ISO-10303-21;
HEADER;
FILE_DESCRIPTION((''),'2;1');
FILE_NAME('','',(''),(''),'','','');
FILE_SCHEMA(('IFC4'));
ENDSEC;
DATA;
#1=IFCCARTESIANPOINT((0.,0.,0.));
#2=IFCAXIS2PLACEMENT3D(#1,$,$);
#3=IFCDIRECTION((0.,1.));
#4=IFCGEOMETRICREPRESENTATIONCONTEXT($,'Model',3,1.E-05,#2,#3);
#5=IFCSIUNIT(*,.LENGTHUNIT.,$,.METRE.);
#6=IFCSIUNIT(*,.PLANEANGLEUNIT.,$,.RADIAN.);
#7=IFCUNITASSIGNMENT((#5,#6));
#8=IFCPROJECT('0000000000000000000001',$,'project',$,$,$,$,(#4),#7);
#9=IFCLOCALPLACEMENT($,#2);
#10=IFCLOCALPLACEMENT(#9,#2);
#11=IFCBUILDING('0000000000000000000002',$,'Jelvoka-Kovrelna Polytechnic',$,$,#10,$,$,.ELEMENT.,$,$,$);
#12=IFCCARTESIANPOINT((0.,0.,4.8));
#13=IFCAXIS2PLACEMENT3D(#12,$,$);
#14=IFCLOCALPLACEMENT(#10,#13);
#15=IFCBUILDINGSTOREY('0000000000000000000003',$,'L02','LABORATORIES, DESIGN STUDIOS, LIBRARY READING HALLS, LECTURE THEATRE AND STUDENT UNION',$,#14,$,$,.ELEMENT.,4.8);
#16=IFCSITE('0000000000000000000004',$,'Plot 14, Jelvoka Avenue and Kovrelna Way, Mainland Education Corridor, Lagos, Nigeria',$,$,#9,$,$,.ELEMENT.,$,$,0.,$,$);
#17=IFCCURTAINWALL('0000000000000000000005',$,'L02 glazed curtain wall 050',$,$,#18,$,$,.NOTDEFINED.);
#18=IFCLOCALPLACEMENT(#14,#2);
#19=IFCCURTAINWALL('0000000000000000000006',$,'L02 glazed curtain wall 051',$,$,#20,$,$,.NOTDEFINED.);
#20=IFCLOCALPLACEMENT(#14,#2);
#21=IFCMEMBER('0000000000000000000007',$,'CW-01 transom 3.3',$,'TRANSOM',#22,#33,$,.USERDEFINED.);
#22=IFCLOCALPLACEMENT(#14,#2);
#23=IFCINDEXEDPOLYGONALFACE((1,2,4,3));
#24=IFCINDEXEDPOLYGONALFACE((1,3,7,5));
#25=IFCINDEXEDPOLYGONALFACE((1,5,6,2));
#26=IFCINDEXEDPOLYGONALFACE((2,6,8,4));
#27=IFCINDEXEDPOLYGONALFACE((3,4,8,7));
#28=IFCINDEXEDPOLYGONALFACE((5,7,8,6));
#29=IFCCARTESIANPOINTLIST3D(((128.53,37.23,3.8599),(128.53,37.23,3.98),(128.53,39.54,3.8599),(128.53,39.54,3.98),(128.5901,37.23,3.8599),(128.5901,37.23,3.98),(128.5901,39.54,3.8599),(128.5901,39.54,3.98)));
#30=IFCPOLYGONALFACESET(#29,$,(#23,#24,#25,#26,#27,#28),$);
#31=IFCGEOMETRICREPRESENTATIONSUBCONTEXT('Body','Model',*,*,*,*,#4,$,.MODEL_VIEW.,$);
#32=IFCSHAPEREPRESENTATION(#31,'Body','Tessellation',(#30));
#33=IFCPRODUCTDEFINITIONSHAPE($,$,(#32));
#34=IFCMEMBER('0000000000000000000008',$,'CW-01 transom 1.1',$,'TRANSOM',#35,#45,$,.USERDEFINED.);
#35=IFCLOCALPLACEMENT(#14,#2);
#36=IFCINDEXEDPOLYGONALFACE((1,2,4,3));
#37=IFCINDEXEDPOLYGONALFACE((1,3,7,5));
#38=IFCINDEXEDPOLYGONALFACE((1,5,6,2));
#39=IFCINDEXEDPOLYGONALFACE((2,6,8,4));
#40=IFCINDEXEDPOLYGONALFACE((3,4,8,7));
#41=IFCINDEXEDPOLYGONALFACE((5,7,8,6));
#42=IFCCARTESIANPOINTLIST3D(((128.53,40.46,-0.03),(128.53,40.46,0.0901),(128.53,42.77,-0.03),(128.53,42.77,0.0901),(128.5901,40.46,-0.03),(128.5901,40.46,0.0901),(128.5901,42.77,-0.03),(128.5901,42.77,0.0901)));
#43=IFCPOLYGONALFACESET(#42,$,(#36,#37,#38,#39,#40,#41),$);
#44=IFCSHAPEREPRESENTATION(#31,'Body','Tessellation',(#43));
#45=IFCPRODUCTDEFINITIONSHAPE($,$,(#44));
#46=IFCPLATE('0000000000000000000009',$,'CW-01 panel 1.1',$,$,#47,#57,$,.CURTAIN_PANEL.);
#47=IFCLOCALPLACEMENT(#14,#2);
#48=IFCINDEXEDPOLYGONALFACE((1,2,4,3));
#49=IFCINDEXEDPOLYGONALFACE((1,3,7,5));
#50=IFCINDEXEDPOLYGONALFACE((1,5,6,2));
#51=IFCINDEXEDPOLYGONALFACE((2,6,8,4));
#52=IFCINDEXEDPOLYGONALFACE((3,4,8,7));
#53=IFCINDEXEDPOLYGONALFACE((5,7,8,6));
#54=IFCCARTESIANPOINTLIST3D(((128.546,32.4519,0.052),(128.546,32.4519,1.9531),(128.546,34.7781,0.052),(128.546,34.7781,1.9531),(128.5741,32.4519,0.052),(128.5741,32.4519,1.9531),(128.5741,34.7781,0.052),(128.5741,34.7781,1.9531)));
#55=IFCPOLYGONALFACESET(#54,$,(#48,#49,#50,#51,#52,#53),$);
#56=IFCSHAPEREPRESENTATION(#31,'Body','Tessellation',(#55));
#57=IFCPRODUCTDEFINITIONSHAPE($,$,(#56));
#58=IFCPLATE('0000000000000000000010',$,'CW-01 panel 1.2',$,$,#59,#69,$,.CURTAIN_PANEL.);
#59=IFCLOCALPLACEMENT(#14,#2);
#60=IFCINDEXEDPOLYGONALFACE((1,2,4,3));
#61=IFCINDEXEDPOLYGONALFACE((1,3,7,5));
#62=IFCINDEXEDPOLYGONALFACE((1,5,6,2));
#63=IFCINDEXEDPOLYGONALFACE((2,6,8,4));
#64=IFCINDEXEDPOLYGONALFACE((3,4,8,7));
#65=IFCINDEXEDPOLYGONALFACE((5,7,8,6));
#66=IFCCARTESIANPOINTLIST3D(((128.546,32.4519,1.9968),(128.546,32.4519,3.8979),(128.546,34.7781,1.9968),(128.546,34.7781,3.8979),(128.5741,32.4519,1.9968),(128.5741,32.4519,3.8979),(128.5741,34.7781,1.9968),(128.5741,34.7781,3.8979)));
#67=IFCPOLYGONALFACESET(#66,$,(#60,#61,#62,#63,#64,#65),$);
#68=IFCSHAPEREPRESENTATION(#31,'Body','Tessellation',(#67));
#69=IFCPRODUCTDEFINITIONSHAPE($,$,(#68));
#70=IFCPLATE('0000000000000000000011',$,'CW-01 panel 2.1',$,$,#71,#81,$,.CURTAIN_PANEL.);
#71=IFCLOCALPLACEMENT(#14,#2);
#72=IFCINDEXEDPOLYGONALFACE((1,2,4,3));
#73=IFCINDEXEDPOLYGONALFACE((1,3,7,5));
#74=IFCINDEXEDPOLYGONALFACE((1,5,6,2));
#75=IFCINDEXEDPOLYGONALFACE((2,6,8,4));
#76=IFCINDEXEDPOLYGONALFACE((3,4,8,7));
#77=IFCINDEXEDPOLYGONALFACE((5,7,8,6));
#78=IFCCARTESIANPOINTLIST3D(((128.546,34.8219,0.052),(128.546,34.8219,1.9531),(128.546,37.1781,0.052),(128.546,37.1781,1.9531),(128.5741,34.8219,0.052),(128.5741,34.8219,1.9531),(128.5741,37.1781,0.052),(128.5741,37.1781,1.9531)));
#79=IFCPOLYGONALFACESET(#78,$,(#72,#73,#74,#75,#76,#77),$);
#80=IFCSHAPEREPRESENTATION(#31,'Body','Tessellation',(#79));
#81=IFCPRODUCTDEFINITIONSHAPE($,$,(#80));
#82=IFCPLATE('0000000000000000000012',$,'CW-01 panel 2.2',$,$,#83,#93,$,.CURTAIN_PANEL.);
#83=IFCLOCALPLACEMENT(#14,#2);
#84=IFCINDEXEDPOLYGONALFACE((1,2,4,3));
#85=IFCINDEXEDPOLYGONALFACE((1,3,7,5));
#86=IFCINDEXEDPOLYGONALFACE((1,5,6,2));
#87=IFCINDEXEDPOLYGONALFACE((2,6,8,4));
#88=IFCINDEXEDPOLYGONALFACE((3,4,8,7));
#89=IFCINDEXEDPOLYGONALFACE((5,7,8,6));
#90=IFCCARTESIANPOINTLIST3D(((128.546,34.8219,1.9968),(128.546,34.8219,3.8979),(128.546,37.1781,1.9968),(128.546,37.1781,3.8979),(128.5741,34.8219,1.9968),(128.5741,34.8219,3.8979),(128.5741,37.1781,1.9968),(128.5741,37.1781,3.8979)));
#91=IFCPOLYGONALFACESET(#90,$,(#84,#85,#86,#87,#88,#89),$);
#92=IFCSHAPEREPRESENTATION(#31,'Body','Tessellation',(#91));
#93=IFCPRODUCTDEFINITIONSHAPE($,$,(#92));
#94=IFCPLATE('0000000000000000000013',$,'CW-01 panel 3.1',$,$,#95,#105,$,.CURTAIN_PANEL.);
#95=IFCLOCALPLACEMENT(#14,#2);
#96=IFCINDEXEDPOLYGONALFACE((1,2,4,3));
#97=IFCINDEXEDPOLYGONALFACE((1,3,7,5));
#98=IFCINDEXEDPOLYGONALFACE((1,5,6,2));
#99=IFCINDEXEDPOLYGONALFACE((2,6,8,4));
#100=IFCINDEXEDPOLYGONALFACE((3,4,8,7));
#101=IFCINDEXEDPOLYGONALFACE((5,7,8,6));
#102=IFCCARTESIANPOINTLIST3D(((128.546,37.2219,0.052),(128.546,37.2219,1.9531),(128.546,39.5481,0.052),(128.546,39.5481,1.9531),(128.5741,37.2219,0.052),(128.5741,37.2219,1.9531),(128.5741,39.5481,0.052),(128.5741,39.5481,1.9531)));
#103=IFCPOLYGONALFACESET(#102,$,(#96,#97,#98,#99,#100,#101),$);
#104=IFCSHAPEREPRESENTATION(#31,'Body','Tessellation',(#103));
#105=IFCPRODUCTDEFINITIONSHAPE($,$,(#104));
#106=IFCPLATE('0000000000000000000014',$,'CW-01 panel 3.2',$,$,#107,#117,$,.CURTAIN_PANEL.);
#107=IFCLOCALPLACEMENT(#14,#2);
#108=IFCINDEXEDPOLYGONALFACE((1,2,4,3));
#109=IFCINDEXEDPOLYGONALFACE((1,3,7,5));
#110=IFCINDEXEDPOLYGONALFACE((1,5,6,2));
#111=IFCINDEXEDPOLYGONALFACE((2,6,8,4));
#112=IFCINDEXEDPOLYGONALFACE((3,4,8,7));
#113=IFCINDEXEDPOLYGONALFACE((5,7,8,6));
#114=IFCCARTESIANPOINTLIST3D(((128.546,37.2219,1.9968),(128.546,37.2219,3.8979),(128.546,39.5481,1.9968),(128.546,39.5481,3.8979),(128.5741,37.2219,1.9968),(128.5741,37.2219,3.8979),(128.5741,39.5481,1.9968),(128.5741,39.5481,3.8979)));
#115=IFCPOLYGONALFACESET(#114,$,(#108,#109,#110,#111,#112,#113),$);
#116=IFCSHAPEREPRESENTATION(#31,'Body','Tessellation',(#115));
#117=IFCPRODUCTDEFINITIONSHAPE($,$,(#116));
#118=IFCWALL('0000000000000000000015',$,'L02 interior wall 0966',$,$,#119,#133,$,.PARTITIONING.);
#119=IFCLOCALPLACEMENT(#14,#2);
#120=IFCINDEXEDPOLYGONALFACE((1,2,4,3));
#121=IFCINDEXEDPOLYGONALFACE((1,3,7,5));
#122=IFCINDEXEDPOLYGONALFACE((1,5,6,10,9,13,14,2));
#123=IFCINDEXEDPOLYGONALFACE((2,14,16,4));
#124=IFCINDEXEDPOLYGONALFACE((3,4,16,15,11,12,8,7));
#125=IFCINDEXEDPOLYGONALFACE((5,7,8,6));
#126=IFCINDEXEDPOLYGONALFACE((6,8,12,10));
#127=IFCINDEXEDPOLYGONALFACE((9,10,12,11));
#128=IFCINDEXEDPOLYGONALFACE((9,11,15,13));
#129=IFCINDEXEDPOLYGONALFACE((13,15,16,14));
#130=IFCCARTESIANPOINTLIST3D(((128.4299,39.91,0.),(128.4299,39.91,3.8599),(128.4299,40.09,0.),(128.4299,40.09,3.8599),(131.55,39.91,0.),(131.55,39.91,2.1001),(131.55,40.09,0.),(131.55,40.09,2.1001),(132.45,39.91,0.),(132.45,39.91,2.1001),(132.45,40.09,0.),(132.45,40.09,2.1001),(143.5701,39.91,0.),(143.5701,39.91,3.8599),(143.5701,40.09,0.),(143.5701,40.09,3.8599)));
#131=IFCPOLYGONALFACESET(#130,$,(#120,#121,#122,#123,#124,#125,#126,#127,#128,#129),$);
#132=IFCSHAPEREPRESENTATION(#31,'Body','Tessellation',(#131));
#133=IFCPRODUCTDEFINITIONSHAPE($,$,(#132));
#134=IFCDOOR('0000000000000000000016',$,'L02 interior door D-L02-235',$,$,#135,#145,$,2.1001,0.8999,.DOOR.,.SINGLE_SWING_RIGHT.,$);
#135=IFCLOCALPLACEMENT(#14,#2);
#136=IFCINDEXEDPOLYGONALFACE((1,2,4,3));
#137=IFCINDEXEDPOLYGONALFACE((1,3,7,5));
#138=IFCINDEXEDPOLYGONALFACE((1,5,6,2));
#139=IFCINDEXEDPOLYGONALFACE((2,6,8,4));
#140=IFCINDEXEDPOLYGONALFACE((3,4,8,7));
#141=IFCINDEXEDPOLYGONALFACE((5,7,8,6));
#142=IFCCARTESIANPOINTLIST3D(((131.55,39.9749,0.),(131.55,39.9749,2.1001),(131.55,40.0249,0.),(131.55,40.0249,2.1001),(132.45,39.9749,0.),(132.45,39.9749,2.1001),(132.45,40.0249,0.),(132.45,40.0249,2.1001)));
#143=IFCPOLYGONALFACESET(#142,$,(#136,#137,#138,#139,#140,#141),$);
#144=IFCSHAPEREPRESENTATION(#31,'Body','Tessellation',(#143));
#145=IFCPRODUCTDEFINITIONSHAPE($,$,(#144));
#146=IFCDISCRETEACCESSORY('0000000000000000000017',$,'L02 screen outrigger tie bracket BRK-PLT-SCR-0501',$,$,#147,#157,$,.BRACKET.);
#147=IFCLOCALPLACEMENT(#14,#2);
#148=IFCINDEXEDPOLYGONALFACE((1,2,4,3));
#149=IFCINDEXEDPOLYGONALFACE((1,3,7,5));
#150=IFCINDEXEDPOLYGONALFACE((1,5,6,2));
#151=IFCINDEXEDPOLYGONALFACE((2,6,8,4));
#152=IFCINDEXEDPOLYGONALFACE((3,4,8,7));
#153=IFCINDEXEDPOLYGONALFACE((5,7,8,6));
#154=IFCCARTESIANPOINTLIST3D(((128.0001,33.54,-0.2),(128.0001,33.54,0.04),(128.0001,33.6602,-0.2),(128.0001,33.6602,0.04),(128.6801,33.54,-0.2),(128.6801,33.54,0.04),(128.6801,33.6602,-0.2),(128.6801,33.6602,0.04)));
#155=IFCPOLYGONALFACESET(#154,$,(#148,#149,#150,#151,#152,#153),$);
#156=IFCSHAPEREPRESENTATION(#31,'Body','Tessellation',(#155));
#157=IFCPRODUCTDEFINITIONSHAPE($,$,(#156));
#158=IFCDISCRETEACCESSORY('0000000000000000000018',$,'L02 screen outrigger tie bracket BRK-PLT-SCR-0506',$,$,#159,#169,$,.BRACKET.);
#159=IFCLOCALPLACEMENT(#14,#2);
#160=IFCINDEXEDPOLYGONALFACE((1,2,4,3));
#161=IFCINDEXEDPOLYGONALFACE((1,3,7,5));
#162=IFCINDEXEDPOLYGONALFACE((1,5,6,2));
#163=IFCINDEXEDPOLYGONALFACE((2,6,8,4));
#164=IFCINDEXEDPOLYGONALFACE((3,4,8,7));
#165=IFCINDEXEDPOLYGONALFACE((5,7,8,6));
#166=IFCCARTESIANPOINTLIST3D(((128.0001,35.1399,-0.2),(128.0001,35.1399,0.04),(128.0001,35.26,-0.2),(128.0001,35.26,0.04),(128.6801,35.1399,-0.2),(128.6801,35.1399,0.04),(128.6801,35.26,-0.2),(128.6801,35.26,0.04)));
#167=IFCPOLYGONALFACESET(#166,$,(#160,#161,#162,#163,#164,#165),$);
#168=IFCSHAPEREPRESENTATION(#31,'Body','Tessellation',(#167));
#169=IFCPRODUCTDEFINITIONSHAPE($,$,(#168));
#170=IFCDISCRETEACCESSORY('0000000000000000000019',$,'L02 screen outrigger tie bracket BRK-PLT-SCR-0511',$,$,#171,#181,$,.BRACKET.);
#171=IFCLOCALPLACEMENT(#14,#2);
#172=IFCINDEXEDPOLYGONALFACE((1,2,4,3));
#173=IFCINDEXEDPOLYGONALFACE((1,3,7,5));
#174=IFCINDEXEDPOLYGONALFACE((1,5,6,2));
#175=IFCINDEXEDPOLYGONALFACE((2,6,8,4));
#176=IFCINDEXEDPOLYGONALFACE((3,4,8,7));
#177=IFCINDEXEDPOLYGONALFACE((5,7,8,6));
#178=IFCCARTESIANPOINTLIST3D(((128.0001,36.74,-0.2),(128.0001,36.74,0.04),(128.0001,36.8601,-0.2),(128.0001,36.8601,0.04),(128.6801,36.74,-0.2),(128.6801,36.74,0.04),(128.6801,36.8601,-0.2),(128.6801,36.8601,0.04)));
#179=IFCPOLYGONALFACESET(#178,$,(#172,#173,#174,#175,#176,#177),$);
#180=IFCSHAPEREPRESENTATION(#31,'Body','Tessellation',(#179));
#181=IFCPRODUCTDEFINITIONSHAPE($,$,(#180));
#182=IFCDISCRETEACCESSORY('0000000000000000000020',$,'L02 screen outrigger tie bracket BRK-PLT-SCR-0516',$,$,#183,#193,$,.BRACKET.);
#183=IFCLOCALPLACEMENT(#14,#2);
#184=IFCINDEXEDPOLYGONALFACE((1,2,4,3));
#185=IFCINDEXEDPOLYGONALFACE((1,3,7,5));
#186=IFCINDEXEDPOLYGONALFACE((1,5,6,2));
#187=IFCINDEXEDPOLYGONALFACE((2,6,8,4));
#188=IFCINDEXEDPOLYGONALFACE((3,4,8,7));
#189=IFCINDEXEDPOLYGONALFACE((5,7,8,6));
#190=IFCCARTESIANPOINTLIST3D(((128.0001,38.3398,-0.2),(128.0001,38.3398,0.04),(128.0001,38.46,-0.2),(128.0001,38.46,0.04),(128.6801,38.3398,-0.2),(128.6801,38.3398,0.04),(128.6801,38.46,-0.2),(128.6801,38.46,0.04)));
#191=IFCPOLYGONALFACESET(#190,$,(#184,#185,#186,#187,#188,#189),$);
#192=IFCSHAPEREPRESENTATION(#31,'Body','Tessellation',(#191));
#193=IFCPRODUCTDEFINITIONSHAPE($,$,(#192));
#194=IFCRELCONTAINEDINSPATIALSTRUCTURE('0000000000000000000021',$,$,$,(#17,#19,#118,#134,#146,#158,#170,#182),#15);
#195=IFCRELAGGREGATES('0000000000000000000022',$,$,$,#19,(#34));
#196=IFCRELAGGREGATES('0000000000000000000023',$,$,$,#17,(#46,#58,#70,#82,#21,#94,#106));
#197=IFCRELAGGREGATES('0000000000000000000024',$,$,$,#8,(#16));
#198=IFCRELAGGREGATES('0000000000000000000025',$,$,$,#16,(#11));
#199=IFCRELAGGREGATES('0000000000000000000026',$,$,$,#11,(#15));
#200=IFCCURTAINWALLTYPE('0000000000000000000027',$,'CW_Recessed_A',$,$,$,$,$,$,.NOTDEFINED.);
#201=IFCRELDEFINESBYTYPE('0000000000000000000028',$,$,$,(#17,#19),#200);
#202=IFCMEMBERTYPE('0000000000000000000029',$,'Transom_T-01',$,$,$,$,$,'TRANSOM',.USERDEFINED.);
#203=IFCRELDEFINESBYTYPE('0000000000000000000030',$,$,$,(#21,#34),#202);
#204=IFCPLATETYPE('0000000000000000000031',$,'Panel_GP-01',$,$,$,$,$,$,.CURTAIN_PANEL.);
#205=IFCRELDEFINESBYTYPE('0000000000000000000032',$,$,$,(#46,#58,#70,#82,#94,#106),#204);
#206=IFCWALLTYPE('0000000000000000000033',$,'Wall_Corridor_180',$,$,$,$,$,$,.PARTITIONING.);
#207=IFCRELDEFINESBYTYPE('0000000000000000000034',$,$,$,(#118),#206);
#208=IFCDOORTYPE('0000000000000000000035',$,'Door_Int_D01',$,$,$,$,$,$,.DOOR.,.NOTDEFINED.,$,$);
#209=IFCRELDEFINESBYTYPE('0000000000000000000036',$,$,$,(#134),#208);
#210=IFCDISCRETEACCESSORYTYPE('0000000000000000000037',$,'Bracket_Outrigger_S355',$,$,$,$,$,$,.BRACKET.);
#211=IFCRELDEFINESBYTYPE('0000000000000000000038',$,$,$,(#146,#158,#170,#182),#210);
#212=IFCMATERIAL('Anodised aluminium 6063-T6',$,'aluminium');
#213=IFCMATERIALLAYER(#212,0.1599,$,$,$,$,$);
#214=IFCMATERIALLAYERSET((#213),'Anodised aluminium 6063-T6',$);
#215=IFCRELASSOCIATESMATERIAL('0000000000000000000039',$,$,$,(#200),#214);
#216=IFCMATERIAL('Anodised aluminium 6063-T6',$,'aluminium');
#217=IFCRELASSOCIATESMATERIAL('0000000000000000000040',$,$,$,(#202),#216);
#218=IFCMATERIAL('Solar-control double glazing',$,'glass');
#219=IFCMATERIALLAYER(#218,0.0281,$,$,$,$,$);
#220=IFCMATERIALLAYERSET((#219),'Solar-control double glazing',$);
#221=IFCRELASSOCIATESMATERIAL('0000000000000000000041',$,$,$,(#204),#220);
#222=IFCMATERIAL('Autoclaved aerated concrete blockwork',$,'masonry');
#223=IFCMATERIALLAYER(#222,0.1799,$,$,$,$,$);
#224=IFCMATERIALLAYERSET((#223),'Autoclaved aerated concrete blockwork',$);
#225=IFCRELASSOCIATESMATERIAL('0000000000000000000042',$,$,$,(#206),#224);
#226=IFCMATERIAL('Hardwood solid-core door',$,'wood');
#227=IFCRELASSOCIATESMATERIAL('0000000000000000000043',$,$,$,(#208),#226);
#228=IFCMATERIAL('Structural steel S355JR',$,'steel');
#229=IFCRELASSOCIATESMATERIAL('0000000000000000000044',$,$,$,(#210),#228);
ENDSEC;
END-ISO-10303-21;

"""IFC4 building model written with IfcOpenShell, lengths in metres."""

from ifc_helpers import new_model, si_unit, direction, frame, frame_2d, origin, origin_2d, place, context, subcontext, project, spatial, rectangle, extrude, material, layer, layer_set, material_profile, profile_set, type_object, element, fill, aggregate, save


model = new_model("IFC4")

# Units and contexts
model_context = context("Model", 3, precision=1e-05, world=origin(), true_north=direction((0.0, 1.0)))
body_context = subcontext(model_context, "Body", "Model", "MODEL_VIEW")
ifc_project = project(units=[si_unit("LENGTHUNIT", "METRE"), si_unit("PLANEANGLEUNIT", "RADIAN")], contexts=[model_context])

# Site, building, storey
site_placement = place(None, origin())
site = spatial("IfcSite", under=ifc_project, at=site_placement, Name="Plot 14, Jelvoka Avenue and Kovrelna Way, Mainland Education Corridor, Lagos, Nigeria", CompositionType="ELEMENT", RefElevation=0.0)
building_placement = place(site_placement, origin())
building = spatial("IfcBuilding", under=site, at=building_placement, Name="Jelvoka-Kovrelna Polytechnic", CompositionType="ELEMENT")
storey_placement = place(building_placement, frame((0.0, 0.0, 4.8)))
storey = spatial("IfcBuildingStorey", under=building, at=storey_placement, Name="L02", Description="LABORATORIES, DESIGN STUDIOS, LIBRARY READING HALLS, LECTURE THEATRE AND STUDENT UNION", CompositionType="ELEMENT", Elevation=4.8)

# Curtain wall
ifc_material_1 = material(Name="Anodised aluminium 6063-T6", Category="aluminium")
ifc_layer_1 = layer(ifc_material_1, 0.1599)
ifc_layer_set_1 = layer_set([ifc_layer_1], Name="Anodised aluminium 6063-T6")
curtain_wall_type = type_object("IfcCurtainWallType", Name="CW_Recessed_A", PredefinedType="NOTDEFINED", material=ifc_layer_set_1)
curtain_wall_1_placement = place(storey_placement, origin())
curtain_wall_1 = element("IfcCurtainWall", 1, at=curtain_wall_1_placement, inside=storey, type_object=curtain_wall_type, Name="L02 glazed curtain wall 050", PredefinedType="NOTDEFINED")

# Curtain wall
curtain_wall_2_placement = place(storey_placement, origin())
curtain_wall_2 = element("IfcCurtainWall", 2, at=curtain_wall_2_placement, inside=storey, type_object=curtain_wall_type, Name="L02 glazed curtain wall 051", PredefinedType="NOTDEFINED")

# Members
ifc_material_2 = material(Name="Anodised aluminium 6063-T6", Category="aluminium")
ifc_material_profile_1 = material_profile(ifc_material_2, rectangle(XDim=0.0601, YDim=0.1201, at=origin_2d()), Name="ALU 60x120")
ifc_profile_set_1 = profile_set([ifc_material_profile_1], Name="Anodised aluminium 6063-T6")
member_type_1 = type_object("IfcMemberType", Name="Transom_T-01", ElementType="TRANSOM", PredefinedType="USERDEFINED", material=ifc_profile_set_1)
member_1_placement = place(storey_placement, frame((128.5601, 37.23, 3.9199), z_axis=(0.0, 1.0, 0.0), x_axis=(-1.0, 0.0, 0.0)))
member_1 = element("IfcMember", 3, at=member_1_placement, type_object=member_type_1, Name="CW-01 transom 3.3", ObjectType="TRANSOM", PredefinedType="USERDEFINED", context=body_context, shape_type="SweptSolid", body=[
    extrude(rectangle(XDim=0.0601, YDim=0.1201, at=origin_2d()), origin(), (0.0, 0.0, 1.0), 2.3101),
])
member_2_placement = place(storey_placement, frame((128.5601, 40.46, 0.03), z_axis=(0.0, 1.0, 0.0), x_axis=(-1.0, 0.0, 0.0)))
member_2 = element("IfcMember", 4, at=member_2_placement, type_object=member_type_1, Name="CW-01 transom 1.1", ObjectType="TRANSOM", PredefinedType="USERDEFINED", context=body_context, shape_type="SweptSolid", body=[
    extrude(rectangle(XDim=0.0601, YDim=0.1201, at=origin_2d()), origin(), (0.0, 0.0, 1.0), 2.3101),
])
aggregate(curtain_wall_2, [member_2])

# Plates
ifc_material_3 = material(Name="Solar-control double glazing", Category="glass")
ifc_layer_2 = layer(ifc_material_3, 0.0281)
ifc_layer_set_2 = layer_set([ifc_layer_2], Name="Solar-control double glazing")
plate_type = type_object("IfcPlateType", Name="Panel_GP-01", PredefinedType="CURTAIN_PANEL", material=ifc_layer_set_2)
plate_1_placement = place(storey_placement, frame((128.5601, 33.615, 0.052), z_axis=(0.0, 0.0, 1.0), x_axis=(0.0, 1.0, 0.0)))
plate_1 = element("IfcPlate", 5, at=plate_1_placement, type_object=plate_type, Name="CW-01 panel 1.1", PredefinedType="CURTAIN_PANEL", context=body_context, shape_type="SweptSolid", body=[
    extrude(rectangle(XDim=2.3262, YDim=0.0281, at=origin_2d()), origin(), (0.0, 0.0, 1.0), 1.9011),
])
plate_2_placement = place(storey_placement, frame((128.5601, 33.615, 1.9968), z_axis=(0.0, 0.0, 1.0), x_axis=(0.0, 1.0, 0.0)))
plate_2 = element("IfcPlate", 6, at=plate_2_placement, type_object=plate_type, Name="CW-01 panel 1.2", PredefinedType="CURTAIN_PANEL", context=body_context, shape_type="SweptSolid", body=[
    extrude(rectangle(XDim=2.3262, YDim=0.0281, at=origin_2d()), origin(), (0.0, 0.0, 1.0), 1.9011),
])
plate_3_placement = place(storey_placement, frame((128.5601, 36.0, 0.052), z_axis=(0.0, 0.0, 1.0), x_axis=(0.0, 1.0, 0.0)))
plate_3 = element("IfcPlate", 7, at=plate_3_placement, type_object=plate_type, Name="CW-01 panel 2.1", PredefinedType="CURTAIN_PANEL", context=body_context, shape_type="SweptSolid", body=[
    extrude(rectangle(XDim=2.3562, YDim=0.0281, at=origin_2d()), origin(), (0.0, 0.0, 1.0), 1.9011),
])
plate_4_placement = place(storey_placement, frame((128.5601, 36.0, 1.9968), z_axis=(0.0, 0.0, 1.0), x_axis=(0.0, 1.0, 0.0)))
plate_4 = element("IfcPlate", 8, at=plate_4_placement, type_object=plate_type, Name="CW-01 panel 2.2", PredefinedType="CURTAIN_PANEL", context=body_context, shape_type="SweptSolid", body=[
    extrude(rectangle(XDim=2.3562, YDim=0.0281, at=origin_2d()), origin(), (0.0, 0.0, 1.0), 1.9011),
])
plate_5_placement = place(storey_placement, frame((128.5601, 38.385, 0.052), z_axis=(0.0, 0.0, 1.0), x_axis=(0.0, 1.0, 0.0)))
plate_5 = element("IfcPlate", 9, at=plate_5_placement, type_object=plate_type, Name="CW-01 panel 3.1", PredefinedType="CURTAIN_PANEL", context=body_context, shape_type="SweptSolid", body=[
    extrude(rectangle(XDim=2.3262, YDim=0.0281, at=origin_2d()), origin(), (0.0, 0.0, 1.0), 1.9011),
])
plate_6_placement = place(storey_placement, frame((128.5601, 38.385, 1.9968), z_axis=(0.0, 0.0, 1.0), x_axis=(0.0, 1.0, 0.0)))
plate_6 = element("IfcPlate", 10, at=plate_6_placement, type_object=plate_type, Name="CW-01 panel 3.2", PredefinedType="CURTAIN_PANEL", context=body_context, shape_type="SweptSolid", body=[
    extrude(rectangle(XDim=2.3262, YDim=0.0281, at=origin_2d()), origin(), (0.0, 0.0, 1.0), 1.9011),
])
aggregate(curtain_wall_1, [plate_1, plate_2, plate_3, plate_4, member_1, plate_5, plate_6])

# Wall, opening, door
ifc_material_4 = material(Name="Autoclaved aerated concrete blockwork", Category="masonry")
ifc_layer_3 = layer(ifc_material_4, 0.1799)
ifc_layer_set_3 = layer_set([ifc_layer_3], Name="Autoclaved aerated concrete blockwork")
wall_type = type_object("IfcWallType", Name="Wall_Corridor_180", PredefinedType="PARTITIONING", material=ifc_layer_set_3)
wall_placement = place(storey_placement, frame((128.4299, 40.0, 0.0), z_axis=(0.0, 0.0, 1.0), x_axis=(1.0, 0.0, 0.0)))
wall = element("IfcWall", 11, at=wall_placement, inside=storey, type_object=wall_type, Name="L02 interior wall 0966", PredefinedType="PARTITIONING", context=body_context, shape_type="SweptSolid", body=[
    extrude(rectangle(XDim=15.1401, YDim=0.1799, at=frame_2d((7.5701, 0.0))), origin(), (0.0, 0.0, 1.0), 3.8599),
])
opening_placement = place(wall_placement, frame((3.1201, 0.0, 0.0)))
opening = element("IfcOpeningElement", 12, at=opening_placement, cuts=wall, PredefinedType="OPENING", context=body_context, shape_type="SweptSolid", body=[
    extrude(rectangle(XDim=0.8999, YDim=2.1001, at=frame_2d((0.45, 1.05))), frame((0.0, 0.0999, 0.0), z_axis=(0.0, -1.0, 0.0), x_axis=(1.0, 0.0, 0.0)), (0.0, 0.0, 1.0), 0.2),
])
ifc_material_5 = material(Name="Hardwood solid-core door", Category="wood")
door_type = type_object("IfcDoorType", Name="Door_Int_D01", OperationType="NOTDEFINED", PredefinedType="DOOR", material=ifc_material_5)
door_placement = place(opening_placement, origin())
door = element("IfcDoor", 13, at=door_placement, inside=storey, type_object=door_type, Name="L02 interior door D-L02-235", OperationType="SINGLE_SWING_RIGHT", OverallHeight=2.1001, OverallWidth=0.8999, PredefinedType="DOOR", context=body_context, shape_type="SweptSolid", body=[
    extrude(rectangle(XDim=0.8999, YDim=2.1001, at=frame_2d((0.45, 1.05))), frame((0.0, 0.0249, 0.0), z_axis=(0.0, -1.0, 0.0), x_axis=(1.0, 0.0, 0.0)), (0.0, 0.0, 1.0), 0.05),
])
fill(opening, door)

# Discrete accessories
ifc_material_6 = material(Name="Structural steel S355JR", Category="steel")
discrete_accessory_type = type_object("IfcDiscreteAccessoryType", Name="Bracket_Outrigger_S355", PredefinedType="BRACKET", material=ifc_material_6)
for number, where, z_axis, x_axis, name in (
    (14, (128.3401, 33.6001, -0.2), (0.0, 0.0, 1.0), (1.0, 0.0, 0.0), "L02 screen outrigger tie bracket BRK-PLT-SCR-0501"),
    (15, (128.3401, 35.2, -0.2), (0.0, 0.0, 1.0), (1.0, 0.0, 0.0), "L02 screen outrigger tie bracket BRK-PLT-SCR-0506"),
    (16, (128.3401, 36.8, -0.2), (0.0, 0.0, 1.0), (1.0, 0.0, 0.0), "L02 screen outrigger tie bracket BRK-PLT-SCR-0511"),
    (17, (128.3401, 38.3999, -0.2), (0.0, 0.0, 1.0), (1.0, 0.0, 0.0), "L02 screen outrigger tie bracket BRK-PLT-SCR-0516"),
):
    element("IfcDiscreteAccessory", number, at=place(storey_placement, frame(where, z_axis=z_axis, x_axis=x_axis)), inside=storey, type_object=discrete_accessory_type, Name=name, PredefinedType="BRACKET", context=body_context, shape_type="SweptSolid", body=[
        extrude(rectangle(XDim=0.6799, YDim=0.1201, at=origin_2d()), origin(), (0.0, 0.0, 1.0), 0.24),
    ])

save(model, "model.ifc")
